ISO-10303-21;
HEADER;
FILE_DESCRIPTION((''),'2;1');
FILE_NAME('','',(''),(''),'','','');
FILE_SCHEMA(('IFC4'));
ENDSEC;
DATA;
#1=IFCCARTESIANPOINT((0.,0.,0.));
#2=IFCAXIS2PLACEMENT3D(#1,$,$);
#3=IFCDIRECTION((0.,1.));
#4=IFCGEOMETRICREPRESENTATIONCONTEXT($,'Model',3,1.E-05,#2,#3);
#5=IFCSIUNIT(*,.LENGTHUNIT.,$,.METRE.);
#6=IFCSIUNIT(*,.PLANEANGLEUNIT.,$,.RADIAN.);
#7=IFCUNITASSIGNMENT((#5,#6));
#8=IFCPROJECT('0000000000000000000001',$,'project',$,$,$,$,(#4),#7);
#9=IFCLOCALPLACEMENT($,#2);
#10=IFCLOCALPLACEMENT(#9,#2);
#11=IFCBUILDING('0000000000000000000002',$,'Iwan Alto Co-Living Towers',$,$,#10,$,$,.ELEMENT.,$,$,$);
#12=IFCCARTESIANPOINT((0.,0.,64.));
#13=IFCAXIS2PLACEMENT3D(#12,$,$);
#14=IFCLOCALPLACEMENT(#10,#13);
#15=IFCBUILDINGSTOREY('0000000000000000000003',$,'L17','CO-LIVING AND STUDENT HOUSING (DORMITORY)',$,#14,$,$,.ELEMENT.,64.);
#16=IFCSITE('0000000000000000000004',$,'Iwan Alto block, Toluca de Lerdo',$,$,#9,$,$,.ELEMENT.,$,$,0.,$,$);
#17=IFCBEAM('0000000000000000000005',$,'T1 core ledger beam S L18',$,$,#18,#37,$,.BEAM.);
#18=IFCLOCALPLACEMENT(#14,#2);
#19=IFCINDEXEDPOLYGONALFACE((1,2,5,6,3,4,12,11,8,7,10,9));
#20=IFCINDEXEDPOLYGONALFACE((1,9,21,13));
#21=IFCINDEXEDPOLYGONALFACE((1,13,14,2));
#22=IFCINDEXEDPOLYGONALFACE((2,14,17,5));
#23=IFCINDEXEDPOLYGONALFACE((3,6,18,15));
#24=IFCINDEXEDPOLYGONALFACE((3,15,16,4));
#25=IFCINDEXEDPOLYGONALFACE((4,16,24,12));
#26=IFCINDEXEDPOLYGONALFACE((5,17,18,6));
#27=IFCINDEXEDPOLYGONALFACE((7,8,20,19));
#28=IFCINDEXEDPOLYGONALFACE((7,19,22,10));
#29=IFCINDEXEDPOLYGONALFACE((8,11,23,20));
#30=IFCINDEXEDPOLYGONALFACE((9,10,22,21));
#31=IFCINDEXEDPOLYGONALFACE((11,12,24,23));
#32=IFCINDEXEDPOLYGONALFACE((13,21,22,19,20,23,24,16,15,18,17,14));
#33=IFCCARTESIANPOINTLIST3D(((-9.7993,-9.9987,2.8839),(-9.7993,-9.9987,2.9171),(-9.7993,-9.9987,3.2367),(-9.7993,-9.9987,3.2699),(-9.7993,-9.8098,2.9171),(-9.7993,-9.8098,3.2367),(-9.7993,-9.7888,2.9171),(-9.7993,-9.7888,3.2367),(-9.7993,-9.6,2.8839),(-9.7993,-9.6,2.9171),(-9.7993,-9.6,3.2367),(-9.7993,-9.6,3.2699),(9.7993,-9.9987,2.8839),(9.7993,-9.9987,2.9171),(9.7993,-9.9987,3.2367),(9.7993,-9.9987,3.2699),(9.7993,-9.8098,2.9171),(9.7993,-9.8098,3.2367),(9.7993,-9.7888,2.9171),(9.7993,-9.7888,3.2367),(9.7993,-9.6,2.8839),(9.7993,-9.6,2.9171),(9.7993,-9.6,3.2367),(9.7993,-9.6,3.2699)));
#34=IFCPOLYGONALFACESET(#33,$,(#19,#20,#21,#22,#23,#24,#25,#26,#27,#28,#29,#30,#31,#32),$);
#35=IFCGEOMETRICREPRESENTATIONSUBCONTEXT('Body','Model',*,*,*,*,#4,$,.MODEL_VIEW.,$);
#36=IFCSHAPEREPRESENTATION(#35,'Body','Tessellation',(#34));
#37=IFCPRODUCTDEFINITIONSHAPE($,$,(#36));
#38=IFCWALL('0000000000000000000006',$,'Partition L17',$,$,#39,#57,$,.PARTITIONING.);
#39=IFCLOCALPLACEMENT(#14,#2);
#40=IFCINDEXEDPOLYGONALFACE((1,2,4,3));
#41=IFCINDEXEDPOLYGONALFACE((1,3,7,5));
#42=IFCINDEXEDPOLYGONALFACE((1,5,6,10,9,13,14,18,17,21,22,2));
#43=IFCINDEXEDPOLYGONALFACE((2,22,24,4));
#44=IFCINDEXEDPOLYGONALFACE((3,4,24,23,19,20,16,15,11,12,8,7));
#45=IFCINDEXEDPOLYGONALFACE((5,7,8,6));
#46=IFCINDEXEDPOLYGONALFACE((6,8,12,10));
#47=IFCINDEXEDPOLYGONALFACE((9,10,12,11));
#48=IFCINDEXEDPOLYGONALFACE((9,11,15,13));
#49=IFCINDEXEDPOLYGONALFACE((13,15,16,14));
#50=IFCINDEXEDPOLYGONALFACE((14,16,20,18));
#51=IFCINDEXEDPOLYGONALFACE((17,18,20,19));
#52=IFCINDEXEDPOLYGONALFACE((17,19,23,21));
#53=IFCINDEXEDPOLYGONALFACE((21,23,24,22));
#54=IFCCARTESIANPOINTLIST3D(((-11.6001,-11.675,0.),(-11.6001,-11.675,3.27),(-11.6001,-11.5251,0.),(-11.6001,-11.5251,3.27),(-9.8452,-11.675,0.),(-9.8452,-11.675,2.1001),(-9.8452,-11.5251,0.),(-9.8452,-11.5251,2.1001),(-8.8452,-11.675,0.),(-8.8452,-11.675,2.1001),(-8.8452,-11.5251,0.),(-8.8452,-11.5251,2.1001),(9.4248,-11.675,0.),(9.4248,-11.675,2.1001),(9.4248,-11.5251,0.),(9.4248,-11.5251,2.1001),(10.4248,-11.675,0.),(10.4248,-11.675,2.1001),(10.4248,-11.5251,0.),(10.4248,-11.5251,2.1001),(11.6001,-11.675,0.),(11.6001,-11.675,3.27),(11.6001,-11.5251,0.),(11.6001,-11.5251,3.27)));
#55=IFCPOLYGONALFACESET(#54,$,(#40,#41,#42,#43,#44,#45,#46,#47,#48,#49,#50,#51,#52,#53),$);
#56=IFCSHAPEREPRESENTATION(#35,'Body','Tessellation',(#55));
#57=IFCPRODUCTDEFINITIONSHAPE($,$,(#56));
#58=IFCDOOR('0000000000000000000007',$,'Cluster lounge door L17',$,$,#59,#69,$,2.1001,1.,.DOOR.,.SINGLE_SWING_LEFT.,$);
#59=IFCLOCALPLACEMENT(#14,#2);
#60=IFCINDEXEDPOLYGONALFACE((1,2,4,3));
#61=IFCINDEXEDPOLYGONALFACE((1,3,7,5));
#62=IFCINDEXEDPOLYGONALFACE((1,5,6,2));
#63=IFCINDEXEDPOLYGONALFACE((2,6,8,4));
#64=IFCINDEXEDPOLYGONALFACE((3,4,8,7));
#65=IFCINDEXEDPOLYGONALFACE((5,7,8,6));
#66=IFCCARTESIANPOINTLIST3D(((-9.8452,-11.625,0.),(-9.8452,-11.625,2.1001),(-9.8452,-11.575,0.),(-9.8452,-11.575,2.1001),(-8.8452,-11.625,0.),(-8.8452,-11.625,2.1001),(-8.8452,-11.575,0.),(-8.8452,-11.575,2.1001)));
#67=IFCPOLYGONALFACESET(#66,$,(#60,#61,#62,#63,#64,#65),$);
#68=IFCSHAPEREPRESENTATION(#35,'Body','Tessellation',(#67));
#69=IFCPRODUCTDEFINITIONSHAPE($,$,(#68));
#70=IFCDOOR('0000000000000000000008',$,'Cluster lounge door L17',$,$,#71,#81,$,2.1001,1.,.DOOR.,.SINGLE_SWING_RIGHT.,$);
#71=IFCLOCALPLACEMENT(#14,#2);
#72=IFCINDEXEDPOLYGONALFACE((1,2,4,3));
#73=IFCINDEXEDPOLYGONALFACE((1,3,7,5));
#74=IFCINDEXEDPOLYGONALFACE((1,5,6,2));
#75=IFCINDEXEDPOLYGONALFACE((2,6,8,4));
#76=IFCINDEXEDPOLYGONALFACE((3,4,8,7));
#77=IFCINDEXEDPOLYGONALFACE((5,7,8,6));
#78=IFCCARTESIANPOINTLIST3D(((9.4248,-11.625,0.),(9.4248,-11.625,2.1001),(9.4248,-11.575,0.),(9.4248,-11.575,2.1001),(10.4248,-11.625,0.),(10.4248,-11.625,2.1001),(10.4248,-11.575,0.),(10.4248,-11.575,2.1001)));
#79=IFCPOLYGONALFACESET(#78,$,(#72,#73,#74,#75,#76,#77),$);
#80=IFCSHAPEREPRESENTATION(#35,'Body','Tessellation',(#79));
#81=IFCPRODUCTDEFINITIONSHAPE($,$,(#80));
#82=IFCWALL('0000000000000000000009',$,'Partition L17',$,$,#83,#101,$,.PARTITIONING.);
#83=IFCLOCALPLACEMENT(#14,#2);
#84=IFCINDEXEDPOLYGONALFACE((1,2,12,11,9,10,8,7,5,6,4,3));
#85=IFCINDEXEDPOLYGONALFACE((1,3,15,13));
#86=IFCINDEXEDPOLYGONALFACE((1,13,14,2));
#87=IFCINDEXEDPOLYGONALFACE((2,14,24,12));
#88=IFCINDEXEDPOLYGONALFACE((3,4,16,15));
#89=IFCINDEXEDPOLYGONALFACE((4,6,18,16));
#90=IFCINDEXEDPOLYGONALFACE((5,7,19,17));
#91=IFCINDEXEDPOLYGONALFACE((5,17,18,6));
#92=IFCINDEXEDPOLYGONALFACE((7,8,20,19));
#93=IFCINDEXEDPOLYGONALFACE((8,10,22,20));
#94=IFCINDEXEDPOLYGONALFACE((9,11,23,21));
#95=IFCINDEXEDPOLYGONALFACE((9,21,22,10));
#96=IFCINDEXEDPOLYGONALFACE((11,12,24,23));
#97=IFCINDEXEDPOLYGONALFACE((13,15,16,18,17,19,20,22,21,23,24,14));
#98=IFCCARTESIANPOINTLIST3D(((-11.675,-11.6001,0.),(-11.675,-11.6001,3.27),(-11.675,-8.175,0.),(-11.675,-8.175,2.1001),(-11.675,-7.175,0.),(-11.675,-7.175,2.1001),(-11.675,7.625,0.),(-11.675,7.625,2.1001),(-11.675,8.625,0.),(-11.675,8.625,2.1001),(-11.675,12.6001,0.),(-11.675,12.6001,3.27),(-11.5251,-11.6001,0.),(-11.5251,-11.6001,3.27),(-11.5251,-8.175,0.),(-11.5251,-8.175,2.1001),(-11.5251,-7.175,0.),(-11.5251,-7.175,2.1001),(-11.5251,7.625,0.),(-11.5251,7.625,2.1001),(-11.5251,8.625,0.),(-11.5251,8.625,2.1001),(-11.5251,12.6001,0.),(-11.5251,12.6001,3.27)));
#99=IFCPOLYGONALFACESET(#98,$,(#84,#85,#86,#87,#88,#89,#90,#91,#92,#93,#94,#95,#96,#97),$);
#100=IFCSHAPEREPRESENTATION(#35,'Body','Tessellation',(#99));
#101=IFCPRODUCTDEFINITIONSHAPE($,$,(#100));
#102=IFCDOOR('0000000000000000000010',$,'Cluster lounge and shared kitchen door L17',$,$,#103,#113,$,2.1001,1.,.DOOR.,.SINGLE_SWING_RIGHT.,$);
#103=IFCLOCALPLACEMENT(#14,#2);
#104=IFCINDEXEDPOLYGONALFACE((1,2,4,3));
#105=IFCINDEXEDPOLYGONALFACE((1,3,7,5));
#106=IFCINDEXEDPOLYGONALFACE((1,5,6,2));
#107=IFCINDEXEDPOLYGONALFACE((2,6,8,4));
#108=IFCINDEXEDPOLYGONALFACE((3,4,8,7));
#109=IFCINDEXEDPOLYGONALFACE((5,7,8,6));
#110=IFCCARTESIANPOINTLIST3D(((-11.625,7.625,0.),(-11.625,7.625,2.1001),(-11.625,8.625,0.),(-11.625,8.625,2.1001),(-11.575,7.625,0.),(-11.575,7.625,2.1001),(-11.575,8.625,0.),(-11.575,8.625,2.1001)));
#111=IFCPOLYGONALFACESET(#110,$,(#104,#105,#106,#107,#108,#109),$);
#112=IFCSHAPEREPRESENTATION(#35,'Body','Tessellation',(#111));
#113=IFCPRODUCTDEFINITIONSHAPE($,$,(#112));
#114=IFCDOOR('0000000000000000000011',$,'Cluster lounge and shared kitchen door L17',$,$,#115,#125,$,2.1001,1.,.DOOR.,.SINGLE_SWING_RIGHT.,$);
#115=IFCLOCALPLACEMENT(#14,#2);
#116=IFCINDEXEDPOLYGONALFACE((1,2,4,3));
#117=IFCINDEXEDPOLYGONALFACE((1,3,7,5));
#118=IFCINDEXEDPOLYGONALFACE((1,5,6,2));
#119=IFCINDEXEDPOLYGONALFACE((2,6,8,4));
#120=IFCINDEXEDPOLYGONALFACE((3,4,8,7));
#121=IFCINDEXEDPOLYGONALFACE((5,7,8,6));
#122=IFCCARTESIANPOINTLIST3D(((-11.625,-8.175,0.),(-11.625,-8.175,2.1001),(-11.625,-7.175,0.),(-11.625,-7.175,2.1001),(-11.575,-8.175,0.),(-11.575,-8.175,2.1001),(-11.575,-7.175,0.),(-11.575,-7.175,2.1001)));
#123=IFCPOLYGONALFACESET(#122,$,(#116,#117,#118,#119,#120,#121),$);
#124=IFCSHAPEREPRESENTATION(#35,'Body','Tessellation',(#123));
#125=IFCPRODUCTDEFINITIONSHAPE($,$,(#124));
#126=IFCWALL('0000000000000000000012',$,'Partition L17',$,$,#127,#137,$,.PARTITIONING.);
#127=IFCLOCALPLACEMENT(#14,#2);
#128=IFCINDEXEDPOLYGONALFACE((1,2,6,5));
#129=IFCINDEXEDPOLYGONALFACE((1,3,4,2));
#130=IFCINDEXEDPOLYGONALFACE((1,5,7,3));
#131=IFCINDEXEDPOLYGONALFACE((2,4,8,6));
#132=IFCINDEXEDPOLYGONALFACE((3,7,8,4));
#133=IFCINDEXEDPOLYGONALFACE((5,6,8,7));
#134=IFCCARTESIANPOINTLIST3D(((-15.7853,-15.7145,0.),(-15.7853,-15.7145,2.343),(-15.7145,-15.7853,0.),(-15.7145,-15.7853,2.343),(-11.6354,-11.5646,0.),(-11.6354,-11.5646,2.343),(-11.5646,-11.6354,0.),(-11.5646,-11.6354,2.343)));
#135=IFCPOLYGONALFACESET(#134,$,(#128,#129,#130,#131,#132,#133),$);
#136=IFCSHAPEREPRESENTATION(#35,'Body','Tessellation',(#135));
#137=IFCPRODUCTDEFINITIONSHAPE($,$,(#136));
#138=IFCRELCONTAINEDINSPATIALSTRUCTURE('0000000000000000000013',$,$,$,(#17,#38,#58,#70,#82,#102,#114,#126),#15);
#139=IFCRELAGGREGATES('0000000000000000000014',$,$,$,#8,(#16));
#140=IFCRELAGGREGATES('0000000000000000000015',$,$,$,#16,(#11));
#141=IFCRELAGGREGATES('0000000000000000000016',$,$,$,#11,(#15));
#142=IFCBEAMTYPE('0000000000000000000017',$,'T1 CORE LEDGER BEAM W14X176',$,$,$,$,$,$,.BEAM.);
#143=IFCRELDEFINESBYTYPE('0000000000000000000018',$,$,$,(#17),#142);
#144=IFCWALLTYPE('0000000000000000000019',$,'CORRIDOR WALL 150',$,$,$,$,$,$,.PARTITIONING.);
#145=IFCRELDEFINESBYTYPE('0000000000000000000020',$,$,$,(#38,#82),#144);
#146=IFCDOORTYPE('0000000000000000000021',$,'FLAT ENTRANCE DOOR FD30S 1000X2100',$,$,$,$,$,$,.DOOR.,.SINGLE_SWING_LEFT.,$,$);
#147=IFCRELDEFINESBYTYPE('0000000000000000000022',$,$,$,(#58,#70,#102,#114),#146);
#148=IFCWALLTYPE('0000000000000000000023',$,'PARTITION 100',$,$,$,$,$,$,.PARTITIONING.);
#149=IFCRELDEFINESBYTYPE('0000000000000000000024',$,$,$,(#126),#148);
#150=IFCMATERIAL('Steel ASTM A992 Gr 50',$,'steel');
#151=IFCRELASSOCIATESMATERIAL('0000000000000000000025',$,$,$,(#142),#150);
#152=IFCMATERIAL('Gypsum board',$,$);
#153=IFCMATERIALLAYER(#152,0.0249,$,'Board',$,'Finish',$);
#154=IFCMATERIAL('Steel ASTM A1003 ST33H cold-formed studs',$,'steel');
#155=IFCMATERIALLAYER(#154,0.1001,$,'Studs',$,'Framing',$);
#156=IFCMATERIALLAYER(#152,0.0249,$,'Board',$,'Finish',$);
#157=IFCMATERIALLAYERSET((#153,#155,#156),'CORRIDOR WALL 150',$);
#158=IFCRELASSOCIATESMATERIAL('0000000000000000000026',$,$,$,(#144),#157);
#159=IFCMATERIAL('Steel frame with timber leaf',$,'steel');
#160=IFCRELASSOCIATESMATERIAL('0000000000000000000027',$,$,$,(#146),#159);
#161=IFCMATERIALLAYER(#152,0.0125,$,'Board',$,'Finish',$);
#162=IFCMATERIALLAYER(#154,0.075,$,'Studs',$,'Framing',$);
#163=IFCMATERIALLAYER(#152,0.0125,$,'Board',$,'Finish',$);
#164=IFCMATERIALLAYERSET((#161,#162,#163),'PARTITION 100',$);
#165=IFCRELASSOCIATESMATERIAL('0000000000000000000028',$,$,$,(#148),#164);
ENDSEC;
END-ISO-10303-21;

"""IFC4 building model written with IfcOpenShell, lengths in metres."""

from ifc_helpers import new_model, si_unit, direction, frame, frame_2d, origin, origin_2d, place, context, subcontext, project, spatial, rectangle, i_section, extrude, material, layer, layer_set, material_profile, profile_set, type_object, element, fill, save


model = new_model("IFC4")

# Units and contexts
model_context = context("Model", 3, precision=1e-05, world=origin(), true_north=direction((0.0, 1.0)))
body_context = subcontext(model_context, "Body", "Model", "MODEL_VIEW")
ifc_project = project(units=[si_unit("LENGTHUNIT", "METRE"), si_unit("PLANEANGLEUNIT", "RADIAN")], contexts=[model_context])

# Site, building, storey
site_placement = place(None, origin())
site = spatial("IfcSite", under=ifc_project, at=site_placement, Name="Iwan Alto block, Toluca de Lerdo", CompositionType="ELEMENT", RefElevation=0.0)
building_placement = place(site_placement, origin())
building = spatial("IfcBuilding", under=site, at=building_placement, Name="Iwan Alto Co-Living Towers", CompositionType="ELEMENT")
storey_placement = place(building_placement, frame((0.0, 0.0, 64.0)))
storey = spatial("IfcBuildingStorey", under=building, at=storey_placement, Name="L17", Description="CO-LIVING AND STUDENT HOUSING (DORMITORY)", CompositionType="ELEMENT", Elevation=64.0)

# Beam
ifc_material_1 = material(Name="Steel ASTM A992 Gr 50", Category="steel")
ifc_material_profile = material_profile(ifc_material_1, i_section(OverallWidth=0.3987, OverallDepth=0.386, WebThickness=0.021, FlangeThickness=0.0332, at=origin_2d()), Name="W14X176")
ifc_profile_set = profile_set([ifc_material_profile], Name="Steel ASTM A992 Gr 50")
beam_type = type_object("IfcBeamType", Name="T1 CORE LEDGER BEAM W14X176", PredefinedType="BEAM", material=ifc_profile_set)
beam_placement = place(storey_placement, frame((-9.7993, -9.7993, 3.0769), z_axis=(1.0, 0.0, 0.0), x_axis=(0.0, 1.0, 0.0)))
element("IfcBeam", 1, at=beam_placement, inside=storey, type_object=beam_type, Name="T1 core ledger beam S L18", PredefinedType="BEAM", context=body_context, shape_type="SweptSolid", body=[
    extrude(i_section(OverallWidth=0.3987, OverallDepth=0.386, WebThickness=0.021, FlangeThickness=0.0332, at=origin_2d()), origin(), (0.0, 0.0, 1.0), 19.5986),
])

# Walls, openings, doors
ifc_material_2 = material(Name="Gypsum board")
ifc_layer_1 = layer(ifc_material_2, 0.0249, Name="Board", Category="Finish")
ifc_material_3 = material(Name="Steel ASTM A1003 ST33H cold-formed studs", Category="steel")
ifc_layer_2 = layer(ifc_material_3, 0.1001, Name="Studs", Category="Framing")
ifc_layer_3 = layer(ifc_material_2, 0.0249, Name="Board", Category="Finish")
ifc_layer_set_1 = layer_set([ifc_layer_1, ifc_layer_2, ifc_layer_3], Name="CORRIDOR WALL 150")
wall_type_1 = type_object("IfcWallType", Name="CORRIDOR WALL 150", PredefinedType="PARTITIONING", material=ifc_layer_set_1)
wall_1_placement = place(storey_placement, frame((-11.6001, -11.6001, 0.0), z_axis=(0.0, 0.0, 1.0), x_axis=(1.0, 0.0, 0.0)))
wall_1 = element("IfcWall", 2, at=wall_1_placement, inside=storey, type_object=wall_type_1, Name="Partition L17", PredefinedType="PARTITIONING", context=body_context, shape_type="SweptSolid", body=[
    extrude(rectangle(XDim=23.2002, YDim=0.1499, at=frame_2d((11.6001, 0.0))), origin(), (0.0, 0.0, 1.0), 3.27),
])
opening_1_placement = place(wall_1_placement, frame((1.7549, 0.0, 0.0)))
opening_1 = element("IfcOpeningElement", 3, at=opening_1_placement, cuts=wall_1, PredefinedType="OPENING", context=body_context, shape_type="SweptSolid", body=[
    extrude(rectangle(XDim=1.0, YDim=2.1001, at=frame_2d((0.5, 1.05))), frame((0.0, 0.085, 0.0), z_axis=(0.0, -1.0, 0.0), x_axis=(1.0, 0.0, 0.0)), (0.0, 0.0, 1.0), 0.1699),
])
opening_2_placement = place(wall_1_placement, frame((21.0249, 0.0, 0.0)))
opening_2 = element("IfcOpeningElement", 4, at=opening_2_placement, cuts=wall_1, PredefinedType="OPENING", context=body_context, shape_type="SweptSolid", body=[
    extrude(rectangle(XDim=1.0, YDim=2.1001, at=frame_2d((0.5, 1.05))), frame((0.0, 0.085, 0.0), z_axis=(0.0, -1.0, 0.0), x_axis=(1.0, 0.0, 0.0)), (0.0, 0.0, 1.0), 0.1699),
])
ifc_material_4 = material(Name="Steel frame with timber leaf", Category="steel")
door_type_1 = type_object("IfcDoorType", Name="FLAT ENTRANCE DOOR FD30S 1000X2100", OperationType="SINGLE_SWING_LEFT", PredefinedType="DOOR", material=ifc_material_4)
door_1_placement = place(opening_1_placement, frame((1.0, 0.0, 0.0), z_axis=(0.0, 0.0, 1.0), x_axis=(-1.0, 0.0, 0.0)))
door_1 = element("IfcDoor", 5, at=door_1_placement, inside=storey, type_object=door_type_1, Name="Cluster lounge door L17", OperationType="SINGLE_SWING_LEFT", OverallHeight=2.1001, OverallWidth=1.0, PredefinedType="DOOR", context=body_context, shape_type="SweptSolid", body=[
    extrude(rectangle(XDim=1.0, YDim=2.1001, at=frame_2d((0.5, 1.05))), frame((0.0, 0.0249, 0.0), z_axis=(0.0, -1.0, 0.0), x_axis=(1.0, 0.0, 0.0)), (0.0, 0.0, 1.0), 0.05),
])
fill(opening_1, door_1)
door_2_placement = place(opening_2_placement, frame((1.0, 0.0, 0.0), z_axis=(0.0, 0.0, 1.0), x_axis=(-1.0, 0.0, 0.0)))
door_2 = element("IfcDoor", 6, at=door_2_placement, inside=storey, type_object=door_type_1, Name="Cluster lounge door L17", OperationType="SINGLE_SWING_RIGHT", OverallHeight=2.1001, OverallWidth=1.0, PredefinedType="DOOR", context=body_context, shape_type="SweptSolid", body=[
    extrude(rectangle(XDim=1.0, YDim=2.1001, at=frame_2d((0.5, 1.05))), frame((0.0, 0.0249, 0.0), z_axis=(0.0, -1.0, 0.0), x_axis=(1.0, 0.0, 0.0)), (0.0, 0.0, 1.0), 0.05),
])
fill(opening_2, door_2)
wall_2_placement = place(storey_placement, frame((-11.6001, -11.6001, 0.0), z_axis=(0.0, 0.0, 1.0), x_axis=(0.0, 1.0, 0.0)))
wall_2 = element("IfcWall", 7, at=wall_2_placement, inside=storey, type_object=wall_type_1, Name="Partition L17", PredefinedType="PARTITIONING", context=body_context, shape_type="SweptSolid", body=[
    extrude(rectangle(XDim=24.2002, YDim=0.1499, at=frame_2d((12.1001, 0.0))), origin(), (0.0, 0.0, 1.0), 3.27),
])
opening_3_placement = place(wall_2_placement, frame((19.2251, 0.0, 0.0)))
opening_3 = element("IfcOpeningElement", 8, at=opening_3_placement, cuts=wall_2, PredefinedType="OPENING", context=body_context, shape_type="SweptSolid", body=[
    extrude(rectangle(XDim=1.0, YDim=2.1001, at=frame_2d((0.5, 1.05))), frame((0.0, 0.085, 0.0), z_axis=(0.0, -1.0, 0.0), x_axis=(1.0, 0.0, 0.0)), (0.0, 0.0, 1.0), 0.1699),
])
opening_4_placement = place(wall_2_placement, frame((3.425, 0.0, 0.0)))
opening_4 = element("IfcOpeningElement", 9, at=opening_4_placement, cuts=wall_2, PredefinedType="OPENING", context=body_context, shape_type="SweptSolid", body=[
    extrude(rectangle(XDim=1.0, YDim=2.1001, at=frame_2d((0.5, 1.05))), frame((0.0, 0.085, 0.0), z_axis=(0.0, -1.0, 0.0), x_axis=(1.0, 0.0, 0.0)), (0.0, 0.0, 1.0), 0.1699),
])
door_3_placement = place(opening_3_placement, origin())
door_3 = element("IfcDoor", 10, at=door_3_placement, inside=storey, type_object=door_type_1, Name="Cluster lounge and shared kitchen door L17", OperationType="SINGLE_SWING_RIGHT", OverallHeight=2.1001, OverallWidth=1.0, PredefinedType="DOOR", context=body_context, shape_type="SweptSolid", body=[
    extrude(rectangle(XDim=1.0, YDim=2.1001, at=frame_2d((0.5, 1.05))), frame((0.0, 0.0249, 0.0), z_axis=(0.0, -1.0, 0.0), x_axis=(1.0, 0.0, 0.0)), (0.0, 0.0, 1.0), 0.05),
])
fill(opening_3, door_3)
door_4_placement = place(opening_4_placement, origin())
door_4 = element("IfcDoor", 11, at=door_4_placement, inside=storey, type_object=door_type_1, Name="Cluster lounge and shared kitchen door L17", OperationType="SINGLE_SWING_RIGHT", OverallHeight=2.1001, OverallWidth=1.0, PredefinedType="DOOR", context=body_context, shape_type="SweptSolid", body=[
    extrude(rectangle(XDim=1.0, YDim=2.1001, at=frame_2d((0.5, 1.05))), frame((0.0, 0.0249, 0.0), z_axis=(0.0, -1.0, 0.0), x_axis=(1.0, 0.0, 0.0)), (0.0, 0.0, 1.0), 0.05),
])
fill(opening_4, door_4)

# Wall
ifc_layer_4 = layer(ifc_material_2, 0.0125, Name="Board", Category="Finish")
ifc_layer_5 = layer(ifc_material_3, 0.075, Name="Studs", Category="Framing")
ifc_layer_6 = layer(ifc_material_2, 0.0125, Name="Board", Category="Finish")
ifc_layer_set_2 = layer_set([ifc_layer_4, ifc_layer_5, ifc_layer_6], Name="PARTITION 100")
wall_type_2 = type_object("IfcWallType", Name="PARTITION 100", PredefinedType="PARTITIONING", material=ifc_layer_set_2)
wall_3_placement = place(storey_placement, frame((-15.75, -15.75, 0.0), z_axis=(0.0, 0.0, 1.0), x_axis=(0.707107, 0.707107, 0.0)))
element("IfcWall", 12, at=wall_3_placement, inside=storey, type_object=wall_type_2, Name="Partition L17", PredefinedType="PARTITIONING", context=body_context, shape_type="SweptSolid", body=[
    extrude(rectangle(XDim=5.8689, YDim=0.1001, at=frame_2d((2.9346, 0.0))), origin(), (0.0, 0.0, 1.0), 2.343),
])

save(model, "model.ifc")
